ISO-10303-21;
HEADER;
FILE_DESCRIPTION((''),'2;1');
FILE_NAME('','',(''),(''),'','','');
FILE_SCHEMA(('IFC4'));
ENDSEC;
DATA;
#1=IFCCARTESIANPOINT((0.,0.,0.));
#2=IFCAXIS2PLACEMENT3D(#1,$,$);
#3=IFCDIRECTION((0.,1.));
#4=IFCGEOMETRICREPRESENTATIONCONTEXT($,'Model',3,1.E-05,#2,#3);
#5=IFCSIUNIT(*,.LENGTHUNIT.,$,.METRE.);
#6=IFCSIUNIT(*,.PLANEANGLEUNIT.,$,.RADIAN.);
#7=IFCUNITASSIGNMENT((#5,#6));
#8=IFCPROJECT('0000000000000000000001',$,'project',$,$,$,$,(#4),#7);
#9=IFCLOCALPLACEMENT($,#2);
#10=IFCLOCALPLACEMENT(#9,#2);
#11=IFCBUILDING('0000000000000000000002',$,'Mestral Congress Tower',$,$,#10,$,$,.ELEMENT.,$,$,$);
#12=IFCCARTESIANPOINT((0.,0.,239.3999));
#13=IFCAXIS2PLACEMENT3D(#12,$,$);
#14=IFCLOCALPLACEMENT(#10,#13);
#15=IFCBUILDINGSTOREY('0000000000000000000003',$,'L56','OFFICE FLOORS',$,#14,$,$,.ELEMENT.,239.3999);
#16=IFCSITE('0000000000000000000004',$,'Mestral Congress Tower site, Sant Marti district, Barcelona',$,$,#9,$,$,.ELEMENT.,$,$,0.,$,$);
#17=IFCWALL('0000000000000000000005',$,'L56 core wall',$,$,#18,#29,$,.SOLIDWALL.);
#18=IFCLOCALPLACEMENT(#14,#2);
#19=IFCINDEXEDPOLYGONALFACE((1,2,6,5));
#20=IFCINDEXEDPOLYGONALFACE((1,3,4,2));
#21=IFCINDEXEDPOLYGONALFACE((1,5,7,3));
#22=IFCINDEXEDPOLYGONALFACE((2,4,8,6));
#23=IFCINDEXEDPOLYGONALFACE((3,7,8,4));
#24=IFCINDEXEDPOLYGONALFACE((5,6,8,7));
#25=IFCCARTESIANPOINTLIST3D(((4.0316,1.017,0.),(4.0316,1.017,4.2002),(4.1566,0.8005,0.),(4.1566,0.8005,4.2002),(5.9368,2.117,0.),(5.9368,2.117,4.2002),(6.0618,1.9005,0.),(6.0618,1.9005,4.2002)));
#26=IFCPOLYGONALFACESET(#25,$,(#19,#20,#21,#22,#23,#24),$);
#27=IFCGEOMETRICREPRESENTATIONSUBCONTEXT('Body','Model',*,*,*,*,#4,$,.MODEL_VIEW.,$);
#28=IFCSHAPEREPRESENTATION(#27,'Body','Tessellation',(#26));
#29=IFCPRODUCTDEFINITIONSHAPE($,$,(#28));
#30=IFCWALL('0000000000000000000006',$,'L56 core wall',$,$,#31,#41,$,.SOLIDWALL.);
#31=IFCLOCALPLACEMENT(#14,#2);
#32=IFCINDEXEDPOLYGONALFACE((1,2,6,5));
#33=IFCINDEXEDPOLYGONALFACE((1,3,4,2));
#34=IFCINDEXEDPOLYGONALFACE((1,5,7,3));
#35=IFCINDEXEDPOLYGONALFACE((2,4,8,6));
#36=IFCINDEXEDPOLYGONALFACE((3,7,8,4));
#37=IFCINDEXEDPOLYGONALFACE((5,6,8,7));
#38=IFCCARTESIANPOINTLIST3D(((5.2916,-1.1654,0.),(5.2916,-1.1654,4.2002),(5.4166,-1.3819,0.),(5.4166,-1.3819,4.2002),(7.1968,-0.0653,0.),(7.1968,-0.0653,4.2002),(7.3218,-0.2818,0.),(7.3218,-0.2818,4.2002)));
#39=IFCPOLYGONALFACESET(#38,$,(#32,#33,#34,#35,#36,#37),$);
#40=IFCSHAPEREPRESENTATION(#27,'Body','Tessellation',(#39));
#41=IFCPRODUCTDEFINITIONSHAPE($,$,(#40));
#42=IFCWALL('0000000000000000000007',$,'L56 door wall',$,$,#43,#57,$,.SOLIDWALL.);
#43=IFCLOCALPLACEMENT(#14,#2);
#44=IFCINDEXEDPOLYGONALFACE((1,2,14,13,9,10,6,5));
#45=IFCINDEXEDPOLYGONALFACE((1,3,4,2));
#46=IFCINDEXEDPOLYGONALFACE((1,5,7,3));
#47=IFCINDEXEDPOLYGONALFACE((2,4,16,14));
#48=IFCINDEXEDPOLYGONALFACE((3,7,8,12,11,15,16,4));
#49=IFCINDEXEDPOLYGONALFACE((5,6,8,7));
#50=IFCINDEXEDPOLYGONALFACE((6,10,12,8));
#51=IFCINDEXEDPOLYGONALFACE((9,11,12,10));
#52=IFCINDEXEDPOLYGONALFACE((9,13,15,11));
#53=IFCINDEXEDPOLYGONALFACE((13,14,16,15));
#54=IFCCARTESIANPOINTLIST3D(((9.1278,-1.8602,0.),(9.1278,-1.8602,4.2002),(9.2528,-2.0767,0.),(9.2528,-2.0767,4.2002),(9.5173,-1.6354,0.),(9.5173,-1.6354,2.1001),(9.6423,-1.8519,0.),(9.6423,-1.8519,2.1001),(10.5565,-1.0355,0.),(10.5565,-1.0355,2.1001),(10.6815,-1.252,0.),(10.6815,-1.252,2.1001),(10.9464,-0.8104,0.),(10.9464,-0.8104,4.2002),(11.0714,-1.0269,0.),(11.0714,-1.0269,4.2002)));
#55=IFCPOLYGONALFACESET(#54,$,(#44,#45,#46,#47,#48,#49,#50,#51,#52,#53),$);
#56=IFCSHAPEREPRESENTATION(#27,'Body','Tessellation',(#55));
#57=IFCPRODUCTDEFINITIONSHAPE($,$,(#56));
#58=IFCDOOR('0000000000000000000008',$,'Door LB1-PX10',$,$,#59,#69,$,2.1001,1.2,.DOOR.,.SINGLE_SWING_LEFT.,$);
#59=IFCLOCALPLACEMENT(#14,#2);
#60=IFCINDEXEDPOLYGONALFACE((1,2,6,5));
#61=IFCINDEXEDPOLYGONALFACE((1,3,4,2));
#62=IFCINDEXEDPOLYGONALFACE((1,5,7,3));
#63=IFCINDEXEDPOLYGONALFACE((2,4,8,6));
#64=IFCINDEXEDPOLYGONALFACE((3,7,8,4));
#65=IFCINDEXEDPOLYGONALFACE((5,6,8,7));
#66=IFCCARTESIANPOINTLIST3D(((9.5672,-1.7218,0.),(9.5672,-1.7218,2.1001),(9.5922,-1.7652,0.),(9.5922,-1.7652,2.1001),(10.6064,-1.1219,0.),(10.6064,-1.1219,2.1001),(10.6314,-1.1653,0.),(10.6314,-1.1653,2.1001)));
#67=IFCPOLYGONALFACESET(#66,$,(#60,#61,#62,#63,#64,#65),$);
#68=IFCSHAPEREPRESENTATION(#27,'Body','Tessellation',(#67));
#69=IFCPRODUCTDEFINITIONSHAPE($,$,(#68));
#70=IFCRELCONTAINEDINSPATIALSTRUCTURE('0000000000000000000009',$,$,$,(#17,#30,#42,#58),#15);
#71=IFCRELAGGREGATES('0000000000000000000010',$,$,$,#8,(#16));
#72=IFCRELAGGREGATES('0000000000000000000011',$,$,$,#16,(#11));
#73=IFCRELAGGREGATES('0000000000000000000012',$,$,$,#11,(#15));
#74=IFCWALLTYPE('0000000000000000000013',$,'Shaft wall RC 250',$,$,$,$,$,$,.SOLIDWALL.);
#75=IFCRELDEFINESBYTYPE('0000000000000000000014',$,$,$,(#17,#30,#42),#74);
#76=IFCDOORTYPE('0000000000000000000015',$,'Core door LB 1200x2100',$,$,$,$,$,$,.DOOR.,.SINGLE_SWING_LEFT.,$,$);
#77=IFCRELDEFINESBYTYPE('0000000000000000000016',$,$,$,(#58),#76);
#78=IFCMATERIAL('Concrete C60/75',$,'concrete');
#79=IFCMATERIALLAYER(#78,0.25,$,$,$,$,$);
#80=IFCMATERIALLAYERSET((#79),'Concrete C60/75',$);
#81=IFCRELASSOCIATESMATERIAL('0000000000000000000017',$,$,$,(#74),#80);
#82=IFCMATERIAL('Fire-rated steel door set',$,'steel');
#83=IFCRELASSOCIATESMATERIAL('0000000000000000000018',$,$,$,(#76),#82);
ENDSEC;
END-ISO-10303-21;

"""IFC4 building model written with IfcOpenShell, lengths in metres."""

from ifc_helpers import new_model, si_unit, direction, frame, frame_2d, origin, place, context, subcontext, project, spatial, rectangle, extrude, material, layer, layer_set, type_object, element, fill, save


model = new_model("IFC4")

# Units and contexts
model_context = context("Model", 3, precision=1e-05, world=origin(), true_north=direction((0.0, 1.0)))
body_context = subcontext(model_context, "Body", "Model", "MODEL_VIEW")
ifc_project = project(units=[si_unit("LENGTHUNIT", "METRE"), si_unit("PLANEANGLEUNIT", "RADIAN")], contexts=[model_context])

# Site, building, storey
site_placement = place(None, origin())
site = spatial("IfcSite", under=ifc_project, at=site_placement, Name="Mestral Congress Tower site, Sant Marti district, Barcelona", CompositionType="ELEMENT", RefElevation=0.0)
building_placement = place(site_placement, origin())
building = spatial("IfcBuilding", under=site, at=building_placement, Name="Mestral Congress Tower", CompositionType="ELEMENT")
storey_placement = place(building_placement, frame((0.0, 0.0, 239.3999)))
storey = spatial("IfcBuildingStorey", under=building, at=storey_placement, Name="L56", Description="OFFICE FLOORS", CompositionType="ELEMENT", Elevation=239.3999)

# Shared definitions
ifc_material_1 = material(Name="Concrete C60/75", Category="concrete")

# Shared definitions
ifc_material_2 = material(Name="Fire-rated steel door set", Category="steel")

# Walls
ifc_layer_1 = layer(ifc_material_1, 0.25)
ifc_layer_set_1 = layer_set([ifc_layer_1], Name="Concrete C60/75")
wall_type_1 = type_object("IfcWallType", Name="Shaft wall RC 250", PredefinedType="SOLIDWALL", material=ifc_layer_set_1)
for number, where, z_axis, x_axis, name in (
    (1, (4.094, 0.9087, 0.0), (0.0, 0.0, 1.0), (0.866008, 0.50003, 0.0), "L56 core wall"),
    (2, (5.354, -1.2737, 0.0), (0.0, 0.0, 1.0), (0.866008, 0.50003, 0.0), "L56 core wall"),
):
    element("IfcWall", number, at=place(storey_placement, frame(where, z_axis=z_axis, x_axis=x_axis)), inside=storey, type_object=wall_type_1, Name=name, PredefinedType="SOLIDWALL", context=body_context, shape_type="SweptSolid", body=[
        extrude(rectangle(XDim=2.2, YDim=0.25, at=frame_2d((1.1001, 0.0))), origin(), (0.0, 0.0, 1.0), 4.2002),
    ])

# Wall, opening, door
wall_1_placement = place(storey_placement, frame((11.0088, -0.9187, 0.0), z_axis=(0.0, 0.0, 1.0), x_axis=(-0.86606, -0.499941, 0.0)))
wall_1 = element("IfcWall", 3, at=wall_1_placement, inside=storey, type_object=wall_type_1, Name="L56 door wall", PredefinedType="SOLIDWALL", context=body_context, shape_type="SweptSolid", body=[
    extrude(rectangle(XDim=2.0999, YDim=0.25, at=frame_2d((1.0498, 0.0))), origin(), (0.0, 0.0, 1.0), 4.2002),
])
opening_1_placement = place(wall_1_placement, frame((0.45, 0.0, 0.0)))
opening_1 = element("IfcOpeningElement", 4, at=opening_1_placement, cuts=wall_1, PredefinedType="OPENING", context=body_context, shape_type="SweptSolid", body=[
    extrude(rectangle(XDim=1.2, YDim=2.1001, at=frame_2d((0.6001, 1.05))), frame((0.0, 0.135, 0.0), z_axis=(0.0, -1.0, 0.0), x_axis=(1.0, 0.0, 0.0)), (0.0, 0.0, 1.0), 0.27),
])
door_type_1 = type_object("IfcDoorType", Name="Core door LB 1200x2100", OperationType="SINGLE_SWING_LEFT", PredefinedType="DOOR", material=ifc_material_2)
door_1_placement = place(opening_1_placement, origin())
door_1 = element("IfcDoor", 5, at=door_1_placement, inside=storey, type_object=door_type_1, Name="Door LB1-PX10", OperationType="SINGLE_SWING_LEFT", OverallHeight=2.1001, OverallWidth=1.2, PredefinedType="DOOR", context=body_context, shape_type="SweptSolid", body=[
    extrude(rectangle(XDim=1.2, YDim=2.1001, at=frame_2d((0.6001, 1.05))), frame((0.0, 0.0249, 0.0), z_axis=(0.0, -1.0, 0.0), x_axis=(1.0, 0.0, 0.0)), (0.0, 0.0, 1.0), 0.05),
])
fill(opening_1, door_1)

save(model, "model.ifc")
